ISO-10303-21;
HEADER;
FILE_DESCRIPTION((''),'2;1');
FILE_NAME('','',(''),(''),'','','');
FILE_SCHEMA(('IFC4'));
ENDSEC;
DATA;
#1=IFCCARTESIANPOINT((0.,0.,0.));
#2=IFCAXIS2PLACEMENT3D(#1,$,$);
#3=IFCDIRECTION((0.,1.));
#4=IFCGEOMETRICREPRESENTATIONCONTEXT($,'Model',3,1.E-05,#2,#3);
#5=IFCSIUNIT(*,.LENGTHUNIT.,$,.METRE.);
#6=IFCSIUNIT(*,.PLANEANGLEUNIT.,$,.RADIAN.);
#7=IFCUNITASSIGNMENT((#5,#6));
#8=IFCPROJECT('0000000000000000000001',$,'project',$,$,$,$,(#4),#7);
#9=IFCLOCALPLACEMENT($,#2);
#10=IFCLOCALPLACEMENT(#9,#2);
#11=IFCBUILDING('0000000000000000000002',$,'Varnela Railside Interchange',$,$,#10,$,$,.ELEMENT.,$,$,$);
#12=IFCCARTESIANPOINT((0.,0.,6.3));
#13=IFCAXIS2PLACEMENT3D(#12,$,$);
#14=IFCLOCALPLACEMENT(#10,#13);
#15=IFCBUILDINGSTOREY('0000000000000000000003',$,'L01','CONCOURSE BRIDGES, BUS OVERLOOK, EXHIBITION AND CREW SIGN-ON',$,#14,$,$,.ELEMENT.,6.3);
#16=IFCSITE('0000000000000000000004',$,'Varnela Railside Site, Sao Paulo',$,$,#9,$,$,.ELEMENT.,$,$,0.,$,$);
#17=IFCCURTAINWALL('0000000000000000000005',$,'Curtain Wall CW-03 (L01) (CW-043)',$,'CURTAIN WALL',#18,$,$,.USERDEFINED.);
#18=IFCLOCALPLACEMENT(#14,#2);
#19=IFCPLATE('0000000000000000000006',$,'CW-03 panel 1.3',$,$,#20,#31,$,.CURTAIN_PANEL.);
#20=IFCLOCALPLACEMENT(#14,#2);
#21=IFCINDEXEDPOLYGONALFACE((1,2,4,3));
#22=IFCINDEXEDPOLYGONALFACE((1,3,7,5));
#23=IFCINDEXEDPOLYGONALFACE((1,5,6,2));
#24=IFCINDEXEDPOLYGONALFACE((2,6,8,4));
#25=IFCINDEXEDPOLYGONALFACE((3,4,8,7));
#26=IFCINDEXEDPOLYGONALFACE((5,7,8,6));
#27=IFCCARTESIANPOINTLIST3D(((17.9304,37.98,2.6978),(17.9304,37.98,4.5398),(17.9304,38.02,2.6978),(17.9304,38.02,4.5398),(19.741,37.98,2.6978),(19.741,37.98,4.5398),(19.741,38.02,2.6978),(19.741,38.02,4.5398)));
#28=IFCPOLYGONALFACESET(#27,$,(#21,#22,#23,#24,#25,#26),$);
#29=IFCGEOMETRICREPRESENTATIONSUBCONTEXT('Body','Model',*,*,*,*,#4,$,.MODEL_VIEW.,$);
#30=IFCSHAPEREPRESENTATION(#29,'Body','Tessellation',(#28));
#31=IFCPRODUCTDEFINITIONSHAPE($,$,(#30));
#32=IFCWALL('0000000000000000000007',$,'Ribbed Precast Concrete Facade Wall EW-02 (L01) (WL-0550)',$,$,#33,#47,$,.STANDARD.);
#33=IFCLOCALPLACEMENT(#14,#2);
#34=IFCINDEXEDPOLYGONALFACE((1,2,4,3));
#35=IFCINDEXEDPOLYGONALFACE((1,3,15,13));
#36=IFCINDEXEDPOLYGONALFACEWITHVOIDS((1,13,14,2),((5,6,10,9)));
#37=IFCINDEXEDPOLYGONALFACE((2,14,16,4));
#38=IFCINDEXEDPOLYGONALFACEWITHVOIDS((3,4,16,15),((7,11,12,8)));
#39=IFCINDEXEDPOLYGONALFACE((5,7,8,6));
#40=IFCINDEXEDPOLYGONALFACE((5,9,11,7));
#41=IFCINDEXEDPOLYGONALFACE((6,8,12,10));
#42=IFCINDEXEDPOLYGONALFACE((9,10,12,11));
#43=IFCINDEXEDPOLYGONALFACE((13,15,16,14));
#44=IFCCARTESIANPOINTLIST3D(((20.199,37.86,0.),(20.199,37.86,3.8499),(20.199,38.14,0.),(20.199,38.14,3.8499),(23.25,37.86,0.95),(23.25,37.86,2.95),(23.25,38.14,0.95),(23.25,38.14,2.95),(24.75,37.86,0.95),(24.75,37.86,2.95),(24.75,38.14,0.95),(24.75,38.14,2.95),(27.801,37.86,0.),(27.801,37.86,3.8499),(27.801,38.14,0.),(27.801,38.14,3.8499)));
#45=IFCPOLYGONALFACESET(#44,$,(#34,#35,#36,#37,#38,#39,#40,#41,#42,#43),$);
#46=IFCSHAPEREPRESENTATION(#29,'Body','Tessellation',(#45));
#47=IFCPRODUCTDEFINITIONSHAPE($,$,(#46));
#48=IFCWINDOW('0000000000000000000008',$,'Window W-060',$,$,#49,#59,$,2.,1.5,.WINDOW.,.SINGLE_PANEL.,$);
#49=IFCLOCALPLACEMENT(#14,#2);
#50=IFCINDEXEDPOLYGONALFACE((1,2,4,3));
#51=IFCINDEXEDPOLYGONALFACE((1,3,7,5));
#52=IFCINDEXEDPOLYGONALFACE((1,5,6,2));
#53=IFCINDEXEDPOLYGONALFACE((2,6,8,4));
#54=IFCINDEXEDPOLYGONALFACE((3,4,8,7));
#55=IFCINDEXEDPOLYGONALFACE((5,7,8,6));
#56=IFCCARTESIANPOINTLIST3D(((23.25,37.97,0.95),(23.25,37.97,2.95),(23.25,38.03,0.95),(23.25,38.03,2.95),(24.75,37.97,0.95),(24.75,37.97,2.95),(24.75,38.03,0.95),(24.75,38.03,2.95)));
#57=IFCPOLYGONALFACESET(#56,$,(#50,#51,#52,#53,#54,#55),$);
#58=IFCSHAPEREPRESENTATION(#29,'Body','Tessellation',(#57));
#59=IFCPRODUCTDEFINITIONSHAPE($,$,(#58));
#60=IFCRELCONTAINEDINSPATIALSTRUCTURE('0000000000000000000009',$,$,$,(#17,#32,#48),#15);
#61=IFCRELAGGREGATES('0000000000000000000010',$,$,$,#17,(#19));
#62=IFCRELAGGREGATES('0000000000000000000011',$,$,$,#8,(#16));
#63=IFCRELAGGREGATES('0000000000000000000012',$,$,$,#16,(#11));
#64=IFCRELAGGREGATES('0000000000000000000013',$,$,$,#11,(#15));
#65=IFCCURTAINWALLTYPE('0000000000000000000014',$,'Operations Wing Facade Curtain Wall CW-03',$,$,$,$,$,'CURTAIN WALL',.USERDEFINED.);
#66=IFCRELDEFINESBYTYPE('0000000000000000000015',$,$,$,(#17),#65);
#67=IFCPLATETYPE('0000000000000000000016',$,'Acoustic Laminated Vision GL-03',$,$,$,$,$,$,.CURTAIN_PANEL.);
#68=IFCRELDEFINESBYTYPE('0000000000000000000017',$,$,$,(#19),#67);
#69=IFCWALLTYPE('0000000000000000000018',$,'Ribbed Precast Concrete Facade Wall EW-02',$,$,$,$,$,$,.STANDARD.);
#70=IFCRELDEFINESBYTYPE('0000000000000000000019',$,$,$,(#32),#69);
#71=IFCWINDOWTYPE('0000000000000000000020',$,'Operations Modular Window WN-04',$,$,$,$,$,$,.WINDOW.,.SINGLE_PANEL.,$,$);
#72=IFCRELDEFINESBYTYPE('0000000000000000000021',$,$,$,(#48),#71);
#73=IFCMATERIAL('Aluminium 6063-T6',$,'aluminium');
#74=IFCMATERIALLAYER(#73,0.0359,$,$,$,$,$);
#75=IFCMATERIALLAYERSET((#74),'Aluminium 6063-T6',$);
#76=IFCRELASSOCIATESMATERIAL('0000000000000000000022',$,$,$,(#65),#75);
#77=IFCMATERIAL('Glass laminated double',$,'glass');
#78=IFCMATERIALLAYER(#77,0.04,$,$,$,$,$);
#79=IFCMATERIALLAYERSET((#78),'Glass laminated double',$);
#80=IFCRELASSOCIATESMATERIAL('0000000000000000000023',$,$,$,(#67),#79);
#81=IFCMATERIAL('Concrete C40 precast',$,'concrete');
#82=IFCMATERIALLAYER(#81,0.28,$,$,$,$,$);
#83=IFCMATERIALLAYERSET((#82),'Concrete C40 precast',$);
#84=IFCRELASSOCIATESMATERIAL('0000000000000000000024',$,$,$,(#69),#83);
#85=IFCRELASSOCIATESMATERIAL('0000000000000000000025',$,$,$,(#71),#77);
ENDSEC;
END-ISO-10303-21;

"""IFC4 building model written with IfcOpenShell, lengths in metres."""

from ifc_helpers import new_model, si_unit, direction, frame, frame_2d, origin, origin_2d, place, context, subcontext, project, spatial, rectangle, extrude, material, layer, layer_set, type_object, element, fill, aggregate, save


model = new_model("IFC4")

# Units and contexts
model_context = context("Model", 3, precision=1e-05, world=origin(), true_north=direction((0.0, 1.0)))
body_context = subcontext(model_context, "Body", "Model", "MODEL_VIEW")
ifc_project = project(units=[si_unit("LENGTHUNIT", "METRE"), si_unit("PLANEANGLEUNIT", "RADIAN")], contexts=[model_context])

# Site, building, storey
site_placement = place(None, origin())
site = spatial("IfcSite", under=ifc_project, at=site_placement, Name="Varnela Railside Site, Sao Paulo", CompositionType="ELEMENT", RefElevation=0.0)
building_placement = place(site_placement, origin())
building = spatial("IfcBuilding", under=site, at=building_placement, Name="Varnela Railside Interchange", CompositionType="ELEMENT")
storey_placement = place(building_placement, frame((0.0, 0.0, 6.3)))
storey = spatial("IfcBuildingStorey", under=building, at=storey_placement, Name="L01", Description="CONCOURSE BRIDGES, BUS OVERLOOK, EXHIBITION AND CREW SIGN-ON", CompositionType="ELEMENT", Elevation=6.3)

# Shared definitions
ifc_material_1 = material(Name="Aluminium 6063-T6", Category="aluminium")
ifc_layer_1 = layer(ifc_material_1, 0.0359)
ifc_layer_set_1 = layer_set([ifc_layer_1], Name="Aluminium 6063-T6")
curtain_wall_type = type_object("IfcCurtainWallType", Name="Operations Wing Facade Curtain Wall CW-03", ElementType="CURTAIN WALL", PredefinedType="USERDEFINED", material=ifc_layer_set_1)

# Curtain wall
curtain_wall_1_placement = place(storey_placement, origin())
curtain_wall_1 = element("IfcCurtainWall", 1, at=curtain_wall_1_placement, inside=storey, type_object=curtain_wall_type, Name="Curtain Wall CW-03 (L01) (CW-043)", ObjectType="CURTAIN WALL", PredefinedType="USERDEFINED")

# Shared definitions
ifc_material_2 = material(Name="Concrete C40 precast", Category="concrete")

# Plate
ifc_material_3 = material(Name="Glass laminated double", Category="glass")
ifc_layer_2 = layer(ifc_material_3, 0.04)
ifc_layer_set_2 = layer_set([ifc_layer_2], Name="Glass laminated double")
plate_type = type_object("IfcPlateType", Name="Acoustic Laminated Vision GL-03", PredefinedType="CURTAIN_PANEL", material=ifc_layer_set_2)
plate_1_placement = place(storey_placement, frame((18.8357, 38.0, 2.6978), z_axis=(0.0, 0.0, 1.0), x_axis=(-1.0, 0.0, 0.0)))
plate_1 = element("IfcPlate", 2, at=plate_1_placement, type_object=plate_type, Name="CW-03 panel 1.3", PredefinedType="CURTAIN_PANEL", context=body_context, shape_type="SweptSolid", body=[
    extrude(rectangle(XDim=1.8105, YDim=0.04, at=origin_2d()), origin(), (0.0, 0.0, 1.0), 1.842),
])
aggregate(curtain_wall_1, [plate_1])

# Wall, opening, window
ifc_layer_3 = layer(ifc_material_2, 0.28)
ifc_layer_set_3 = layer_set([ifc_layer_3], Name="Concrete C40 precast")
wall_type = type_object("IfcWallType", Name="Ribbed Precast Concrete Facade Wall EW-02", PredefinedType="STANDARD", material=ifc_layer_set_3)
wall_placement = place(storey_placement, frame((27.801, 38.0, 0.0), z_axis=(0.0, 0.0, 1.0), x_axis=(-1.0, 0.0, 0.0)))
wall = element("IfcWall", 3, at=wall_placement, inside=storey, type_object=wall_type, Name="Ribbed Precast Concrete Facade Wall EW-02 (L01) (WL-0550)", PredefinedType="STANDARD", context=body_context, shape_type="SweptSolid", body=[
    extrude(rectangle(XDim=7.6021, YDim=0.28, at=frame_2d((3.801, 0.0))), origin(), (0.0, 0.0, 1.0), 3.8499),
])
opening_placement = place(wall_placement, frame((3.051, 0.0, 0.95)))
opening = element("IfcOpeningElement", 4, at=opening_placement, cuts=wall, PredefinedType="OPENING", context=body_context, shape_type="SweptSolid", body=[
    extrude(rectangle(XDim=1.5, YDim=2.0, at=frame_2d((0.75, 1.0))), frame((0.0, 0.1499, 0.0), z_axis=(0.0, -1.0, 0.0), x_axis=(1.0, 0.0, 0.0)), (0.0, 0.0, 1.0), 0.3),
])
window_type = type_object("IfcWindowType", Name="Operations Modular Window WN-04", PartitioningType="SINGLE_PANEL", PredefinedType="WINDOW", material=ifc_material_3)
window_placement = place(opening_placement, origin())
window = element("IfcWindow", 5, at=window_placement, inside=storey, type_object=window_type, Name="Window W-060", OverallHeight=2.0, OverallWidth=1.5, PartitioningType="SINGLE_PANEL", PredefinedType="WINDOW", context=body_context, shape_type="SweptSolid", body=[
    extrude(rectangle(XDim=1.5, YDim=2.0, at=frame_2d((0.75, 1.0))), frame((0.0, 0.03, 0.0), z_axis=(0.0, -1.0, 0.0), x_axis=(1.0, 0.0, 0.0)), (0.0, 0.0, 1.0), 0.0601),
])
fill(opening, window)

save(model, "model.ifc")
